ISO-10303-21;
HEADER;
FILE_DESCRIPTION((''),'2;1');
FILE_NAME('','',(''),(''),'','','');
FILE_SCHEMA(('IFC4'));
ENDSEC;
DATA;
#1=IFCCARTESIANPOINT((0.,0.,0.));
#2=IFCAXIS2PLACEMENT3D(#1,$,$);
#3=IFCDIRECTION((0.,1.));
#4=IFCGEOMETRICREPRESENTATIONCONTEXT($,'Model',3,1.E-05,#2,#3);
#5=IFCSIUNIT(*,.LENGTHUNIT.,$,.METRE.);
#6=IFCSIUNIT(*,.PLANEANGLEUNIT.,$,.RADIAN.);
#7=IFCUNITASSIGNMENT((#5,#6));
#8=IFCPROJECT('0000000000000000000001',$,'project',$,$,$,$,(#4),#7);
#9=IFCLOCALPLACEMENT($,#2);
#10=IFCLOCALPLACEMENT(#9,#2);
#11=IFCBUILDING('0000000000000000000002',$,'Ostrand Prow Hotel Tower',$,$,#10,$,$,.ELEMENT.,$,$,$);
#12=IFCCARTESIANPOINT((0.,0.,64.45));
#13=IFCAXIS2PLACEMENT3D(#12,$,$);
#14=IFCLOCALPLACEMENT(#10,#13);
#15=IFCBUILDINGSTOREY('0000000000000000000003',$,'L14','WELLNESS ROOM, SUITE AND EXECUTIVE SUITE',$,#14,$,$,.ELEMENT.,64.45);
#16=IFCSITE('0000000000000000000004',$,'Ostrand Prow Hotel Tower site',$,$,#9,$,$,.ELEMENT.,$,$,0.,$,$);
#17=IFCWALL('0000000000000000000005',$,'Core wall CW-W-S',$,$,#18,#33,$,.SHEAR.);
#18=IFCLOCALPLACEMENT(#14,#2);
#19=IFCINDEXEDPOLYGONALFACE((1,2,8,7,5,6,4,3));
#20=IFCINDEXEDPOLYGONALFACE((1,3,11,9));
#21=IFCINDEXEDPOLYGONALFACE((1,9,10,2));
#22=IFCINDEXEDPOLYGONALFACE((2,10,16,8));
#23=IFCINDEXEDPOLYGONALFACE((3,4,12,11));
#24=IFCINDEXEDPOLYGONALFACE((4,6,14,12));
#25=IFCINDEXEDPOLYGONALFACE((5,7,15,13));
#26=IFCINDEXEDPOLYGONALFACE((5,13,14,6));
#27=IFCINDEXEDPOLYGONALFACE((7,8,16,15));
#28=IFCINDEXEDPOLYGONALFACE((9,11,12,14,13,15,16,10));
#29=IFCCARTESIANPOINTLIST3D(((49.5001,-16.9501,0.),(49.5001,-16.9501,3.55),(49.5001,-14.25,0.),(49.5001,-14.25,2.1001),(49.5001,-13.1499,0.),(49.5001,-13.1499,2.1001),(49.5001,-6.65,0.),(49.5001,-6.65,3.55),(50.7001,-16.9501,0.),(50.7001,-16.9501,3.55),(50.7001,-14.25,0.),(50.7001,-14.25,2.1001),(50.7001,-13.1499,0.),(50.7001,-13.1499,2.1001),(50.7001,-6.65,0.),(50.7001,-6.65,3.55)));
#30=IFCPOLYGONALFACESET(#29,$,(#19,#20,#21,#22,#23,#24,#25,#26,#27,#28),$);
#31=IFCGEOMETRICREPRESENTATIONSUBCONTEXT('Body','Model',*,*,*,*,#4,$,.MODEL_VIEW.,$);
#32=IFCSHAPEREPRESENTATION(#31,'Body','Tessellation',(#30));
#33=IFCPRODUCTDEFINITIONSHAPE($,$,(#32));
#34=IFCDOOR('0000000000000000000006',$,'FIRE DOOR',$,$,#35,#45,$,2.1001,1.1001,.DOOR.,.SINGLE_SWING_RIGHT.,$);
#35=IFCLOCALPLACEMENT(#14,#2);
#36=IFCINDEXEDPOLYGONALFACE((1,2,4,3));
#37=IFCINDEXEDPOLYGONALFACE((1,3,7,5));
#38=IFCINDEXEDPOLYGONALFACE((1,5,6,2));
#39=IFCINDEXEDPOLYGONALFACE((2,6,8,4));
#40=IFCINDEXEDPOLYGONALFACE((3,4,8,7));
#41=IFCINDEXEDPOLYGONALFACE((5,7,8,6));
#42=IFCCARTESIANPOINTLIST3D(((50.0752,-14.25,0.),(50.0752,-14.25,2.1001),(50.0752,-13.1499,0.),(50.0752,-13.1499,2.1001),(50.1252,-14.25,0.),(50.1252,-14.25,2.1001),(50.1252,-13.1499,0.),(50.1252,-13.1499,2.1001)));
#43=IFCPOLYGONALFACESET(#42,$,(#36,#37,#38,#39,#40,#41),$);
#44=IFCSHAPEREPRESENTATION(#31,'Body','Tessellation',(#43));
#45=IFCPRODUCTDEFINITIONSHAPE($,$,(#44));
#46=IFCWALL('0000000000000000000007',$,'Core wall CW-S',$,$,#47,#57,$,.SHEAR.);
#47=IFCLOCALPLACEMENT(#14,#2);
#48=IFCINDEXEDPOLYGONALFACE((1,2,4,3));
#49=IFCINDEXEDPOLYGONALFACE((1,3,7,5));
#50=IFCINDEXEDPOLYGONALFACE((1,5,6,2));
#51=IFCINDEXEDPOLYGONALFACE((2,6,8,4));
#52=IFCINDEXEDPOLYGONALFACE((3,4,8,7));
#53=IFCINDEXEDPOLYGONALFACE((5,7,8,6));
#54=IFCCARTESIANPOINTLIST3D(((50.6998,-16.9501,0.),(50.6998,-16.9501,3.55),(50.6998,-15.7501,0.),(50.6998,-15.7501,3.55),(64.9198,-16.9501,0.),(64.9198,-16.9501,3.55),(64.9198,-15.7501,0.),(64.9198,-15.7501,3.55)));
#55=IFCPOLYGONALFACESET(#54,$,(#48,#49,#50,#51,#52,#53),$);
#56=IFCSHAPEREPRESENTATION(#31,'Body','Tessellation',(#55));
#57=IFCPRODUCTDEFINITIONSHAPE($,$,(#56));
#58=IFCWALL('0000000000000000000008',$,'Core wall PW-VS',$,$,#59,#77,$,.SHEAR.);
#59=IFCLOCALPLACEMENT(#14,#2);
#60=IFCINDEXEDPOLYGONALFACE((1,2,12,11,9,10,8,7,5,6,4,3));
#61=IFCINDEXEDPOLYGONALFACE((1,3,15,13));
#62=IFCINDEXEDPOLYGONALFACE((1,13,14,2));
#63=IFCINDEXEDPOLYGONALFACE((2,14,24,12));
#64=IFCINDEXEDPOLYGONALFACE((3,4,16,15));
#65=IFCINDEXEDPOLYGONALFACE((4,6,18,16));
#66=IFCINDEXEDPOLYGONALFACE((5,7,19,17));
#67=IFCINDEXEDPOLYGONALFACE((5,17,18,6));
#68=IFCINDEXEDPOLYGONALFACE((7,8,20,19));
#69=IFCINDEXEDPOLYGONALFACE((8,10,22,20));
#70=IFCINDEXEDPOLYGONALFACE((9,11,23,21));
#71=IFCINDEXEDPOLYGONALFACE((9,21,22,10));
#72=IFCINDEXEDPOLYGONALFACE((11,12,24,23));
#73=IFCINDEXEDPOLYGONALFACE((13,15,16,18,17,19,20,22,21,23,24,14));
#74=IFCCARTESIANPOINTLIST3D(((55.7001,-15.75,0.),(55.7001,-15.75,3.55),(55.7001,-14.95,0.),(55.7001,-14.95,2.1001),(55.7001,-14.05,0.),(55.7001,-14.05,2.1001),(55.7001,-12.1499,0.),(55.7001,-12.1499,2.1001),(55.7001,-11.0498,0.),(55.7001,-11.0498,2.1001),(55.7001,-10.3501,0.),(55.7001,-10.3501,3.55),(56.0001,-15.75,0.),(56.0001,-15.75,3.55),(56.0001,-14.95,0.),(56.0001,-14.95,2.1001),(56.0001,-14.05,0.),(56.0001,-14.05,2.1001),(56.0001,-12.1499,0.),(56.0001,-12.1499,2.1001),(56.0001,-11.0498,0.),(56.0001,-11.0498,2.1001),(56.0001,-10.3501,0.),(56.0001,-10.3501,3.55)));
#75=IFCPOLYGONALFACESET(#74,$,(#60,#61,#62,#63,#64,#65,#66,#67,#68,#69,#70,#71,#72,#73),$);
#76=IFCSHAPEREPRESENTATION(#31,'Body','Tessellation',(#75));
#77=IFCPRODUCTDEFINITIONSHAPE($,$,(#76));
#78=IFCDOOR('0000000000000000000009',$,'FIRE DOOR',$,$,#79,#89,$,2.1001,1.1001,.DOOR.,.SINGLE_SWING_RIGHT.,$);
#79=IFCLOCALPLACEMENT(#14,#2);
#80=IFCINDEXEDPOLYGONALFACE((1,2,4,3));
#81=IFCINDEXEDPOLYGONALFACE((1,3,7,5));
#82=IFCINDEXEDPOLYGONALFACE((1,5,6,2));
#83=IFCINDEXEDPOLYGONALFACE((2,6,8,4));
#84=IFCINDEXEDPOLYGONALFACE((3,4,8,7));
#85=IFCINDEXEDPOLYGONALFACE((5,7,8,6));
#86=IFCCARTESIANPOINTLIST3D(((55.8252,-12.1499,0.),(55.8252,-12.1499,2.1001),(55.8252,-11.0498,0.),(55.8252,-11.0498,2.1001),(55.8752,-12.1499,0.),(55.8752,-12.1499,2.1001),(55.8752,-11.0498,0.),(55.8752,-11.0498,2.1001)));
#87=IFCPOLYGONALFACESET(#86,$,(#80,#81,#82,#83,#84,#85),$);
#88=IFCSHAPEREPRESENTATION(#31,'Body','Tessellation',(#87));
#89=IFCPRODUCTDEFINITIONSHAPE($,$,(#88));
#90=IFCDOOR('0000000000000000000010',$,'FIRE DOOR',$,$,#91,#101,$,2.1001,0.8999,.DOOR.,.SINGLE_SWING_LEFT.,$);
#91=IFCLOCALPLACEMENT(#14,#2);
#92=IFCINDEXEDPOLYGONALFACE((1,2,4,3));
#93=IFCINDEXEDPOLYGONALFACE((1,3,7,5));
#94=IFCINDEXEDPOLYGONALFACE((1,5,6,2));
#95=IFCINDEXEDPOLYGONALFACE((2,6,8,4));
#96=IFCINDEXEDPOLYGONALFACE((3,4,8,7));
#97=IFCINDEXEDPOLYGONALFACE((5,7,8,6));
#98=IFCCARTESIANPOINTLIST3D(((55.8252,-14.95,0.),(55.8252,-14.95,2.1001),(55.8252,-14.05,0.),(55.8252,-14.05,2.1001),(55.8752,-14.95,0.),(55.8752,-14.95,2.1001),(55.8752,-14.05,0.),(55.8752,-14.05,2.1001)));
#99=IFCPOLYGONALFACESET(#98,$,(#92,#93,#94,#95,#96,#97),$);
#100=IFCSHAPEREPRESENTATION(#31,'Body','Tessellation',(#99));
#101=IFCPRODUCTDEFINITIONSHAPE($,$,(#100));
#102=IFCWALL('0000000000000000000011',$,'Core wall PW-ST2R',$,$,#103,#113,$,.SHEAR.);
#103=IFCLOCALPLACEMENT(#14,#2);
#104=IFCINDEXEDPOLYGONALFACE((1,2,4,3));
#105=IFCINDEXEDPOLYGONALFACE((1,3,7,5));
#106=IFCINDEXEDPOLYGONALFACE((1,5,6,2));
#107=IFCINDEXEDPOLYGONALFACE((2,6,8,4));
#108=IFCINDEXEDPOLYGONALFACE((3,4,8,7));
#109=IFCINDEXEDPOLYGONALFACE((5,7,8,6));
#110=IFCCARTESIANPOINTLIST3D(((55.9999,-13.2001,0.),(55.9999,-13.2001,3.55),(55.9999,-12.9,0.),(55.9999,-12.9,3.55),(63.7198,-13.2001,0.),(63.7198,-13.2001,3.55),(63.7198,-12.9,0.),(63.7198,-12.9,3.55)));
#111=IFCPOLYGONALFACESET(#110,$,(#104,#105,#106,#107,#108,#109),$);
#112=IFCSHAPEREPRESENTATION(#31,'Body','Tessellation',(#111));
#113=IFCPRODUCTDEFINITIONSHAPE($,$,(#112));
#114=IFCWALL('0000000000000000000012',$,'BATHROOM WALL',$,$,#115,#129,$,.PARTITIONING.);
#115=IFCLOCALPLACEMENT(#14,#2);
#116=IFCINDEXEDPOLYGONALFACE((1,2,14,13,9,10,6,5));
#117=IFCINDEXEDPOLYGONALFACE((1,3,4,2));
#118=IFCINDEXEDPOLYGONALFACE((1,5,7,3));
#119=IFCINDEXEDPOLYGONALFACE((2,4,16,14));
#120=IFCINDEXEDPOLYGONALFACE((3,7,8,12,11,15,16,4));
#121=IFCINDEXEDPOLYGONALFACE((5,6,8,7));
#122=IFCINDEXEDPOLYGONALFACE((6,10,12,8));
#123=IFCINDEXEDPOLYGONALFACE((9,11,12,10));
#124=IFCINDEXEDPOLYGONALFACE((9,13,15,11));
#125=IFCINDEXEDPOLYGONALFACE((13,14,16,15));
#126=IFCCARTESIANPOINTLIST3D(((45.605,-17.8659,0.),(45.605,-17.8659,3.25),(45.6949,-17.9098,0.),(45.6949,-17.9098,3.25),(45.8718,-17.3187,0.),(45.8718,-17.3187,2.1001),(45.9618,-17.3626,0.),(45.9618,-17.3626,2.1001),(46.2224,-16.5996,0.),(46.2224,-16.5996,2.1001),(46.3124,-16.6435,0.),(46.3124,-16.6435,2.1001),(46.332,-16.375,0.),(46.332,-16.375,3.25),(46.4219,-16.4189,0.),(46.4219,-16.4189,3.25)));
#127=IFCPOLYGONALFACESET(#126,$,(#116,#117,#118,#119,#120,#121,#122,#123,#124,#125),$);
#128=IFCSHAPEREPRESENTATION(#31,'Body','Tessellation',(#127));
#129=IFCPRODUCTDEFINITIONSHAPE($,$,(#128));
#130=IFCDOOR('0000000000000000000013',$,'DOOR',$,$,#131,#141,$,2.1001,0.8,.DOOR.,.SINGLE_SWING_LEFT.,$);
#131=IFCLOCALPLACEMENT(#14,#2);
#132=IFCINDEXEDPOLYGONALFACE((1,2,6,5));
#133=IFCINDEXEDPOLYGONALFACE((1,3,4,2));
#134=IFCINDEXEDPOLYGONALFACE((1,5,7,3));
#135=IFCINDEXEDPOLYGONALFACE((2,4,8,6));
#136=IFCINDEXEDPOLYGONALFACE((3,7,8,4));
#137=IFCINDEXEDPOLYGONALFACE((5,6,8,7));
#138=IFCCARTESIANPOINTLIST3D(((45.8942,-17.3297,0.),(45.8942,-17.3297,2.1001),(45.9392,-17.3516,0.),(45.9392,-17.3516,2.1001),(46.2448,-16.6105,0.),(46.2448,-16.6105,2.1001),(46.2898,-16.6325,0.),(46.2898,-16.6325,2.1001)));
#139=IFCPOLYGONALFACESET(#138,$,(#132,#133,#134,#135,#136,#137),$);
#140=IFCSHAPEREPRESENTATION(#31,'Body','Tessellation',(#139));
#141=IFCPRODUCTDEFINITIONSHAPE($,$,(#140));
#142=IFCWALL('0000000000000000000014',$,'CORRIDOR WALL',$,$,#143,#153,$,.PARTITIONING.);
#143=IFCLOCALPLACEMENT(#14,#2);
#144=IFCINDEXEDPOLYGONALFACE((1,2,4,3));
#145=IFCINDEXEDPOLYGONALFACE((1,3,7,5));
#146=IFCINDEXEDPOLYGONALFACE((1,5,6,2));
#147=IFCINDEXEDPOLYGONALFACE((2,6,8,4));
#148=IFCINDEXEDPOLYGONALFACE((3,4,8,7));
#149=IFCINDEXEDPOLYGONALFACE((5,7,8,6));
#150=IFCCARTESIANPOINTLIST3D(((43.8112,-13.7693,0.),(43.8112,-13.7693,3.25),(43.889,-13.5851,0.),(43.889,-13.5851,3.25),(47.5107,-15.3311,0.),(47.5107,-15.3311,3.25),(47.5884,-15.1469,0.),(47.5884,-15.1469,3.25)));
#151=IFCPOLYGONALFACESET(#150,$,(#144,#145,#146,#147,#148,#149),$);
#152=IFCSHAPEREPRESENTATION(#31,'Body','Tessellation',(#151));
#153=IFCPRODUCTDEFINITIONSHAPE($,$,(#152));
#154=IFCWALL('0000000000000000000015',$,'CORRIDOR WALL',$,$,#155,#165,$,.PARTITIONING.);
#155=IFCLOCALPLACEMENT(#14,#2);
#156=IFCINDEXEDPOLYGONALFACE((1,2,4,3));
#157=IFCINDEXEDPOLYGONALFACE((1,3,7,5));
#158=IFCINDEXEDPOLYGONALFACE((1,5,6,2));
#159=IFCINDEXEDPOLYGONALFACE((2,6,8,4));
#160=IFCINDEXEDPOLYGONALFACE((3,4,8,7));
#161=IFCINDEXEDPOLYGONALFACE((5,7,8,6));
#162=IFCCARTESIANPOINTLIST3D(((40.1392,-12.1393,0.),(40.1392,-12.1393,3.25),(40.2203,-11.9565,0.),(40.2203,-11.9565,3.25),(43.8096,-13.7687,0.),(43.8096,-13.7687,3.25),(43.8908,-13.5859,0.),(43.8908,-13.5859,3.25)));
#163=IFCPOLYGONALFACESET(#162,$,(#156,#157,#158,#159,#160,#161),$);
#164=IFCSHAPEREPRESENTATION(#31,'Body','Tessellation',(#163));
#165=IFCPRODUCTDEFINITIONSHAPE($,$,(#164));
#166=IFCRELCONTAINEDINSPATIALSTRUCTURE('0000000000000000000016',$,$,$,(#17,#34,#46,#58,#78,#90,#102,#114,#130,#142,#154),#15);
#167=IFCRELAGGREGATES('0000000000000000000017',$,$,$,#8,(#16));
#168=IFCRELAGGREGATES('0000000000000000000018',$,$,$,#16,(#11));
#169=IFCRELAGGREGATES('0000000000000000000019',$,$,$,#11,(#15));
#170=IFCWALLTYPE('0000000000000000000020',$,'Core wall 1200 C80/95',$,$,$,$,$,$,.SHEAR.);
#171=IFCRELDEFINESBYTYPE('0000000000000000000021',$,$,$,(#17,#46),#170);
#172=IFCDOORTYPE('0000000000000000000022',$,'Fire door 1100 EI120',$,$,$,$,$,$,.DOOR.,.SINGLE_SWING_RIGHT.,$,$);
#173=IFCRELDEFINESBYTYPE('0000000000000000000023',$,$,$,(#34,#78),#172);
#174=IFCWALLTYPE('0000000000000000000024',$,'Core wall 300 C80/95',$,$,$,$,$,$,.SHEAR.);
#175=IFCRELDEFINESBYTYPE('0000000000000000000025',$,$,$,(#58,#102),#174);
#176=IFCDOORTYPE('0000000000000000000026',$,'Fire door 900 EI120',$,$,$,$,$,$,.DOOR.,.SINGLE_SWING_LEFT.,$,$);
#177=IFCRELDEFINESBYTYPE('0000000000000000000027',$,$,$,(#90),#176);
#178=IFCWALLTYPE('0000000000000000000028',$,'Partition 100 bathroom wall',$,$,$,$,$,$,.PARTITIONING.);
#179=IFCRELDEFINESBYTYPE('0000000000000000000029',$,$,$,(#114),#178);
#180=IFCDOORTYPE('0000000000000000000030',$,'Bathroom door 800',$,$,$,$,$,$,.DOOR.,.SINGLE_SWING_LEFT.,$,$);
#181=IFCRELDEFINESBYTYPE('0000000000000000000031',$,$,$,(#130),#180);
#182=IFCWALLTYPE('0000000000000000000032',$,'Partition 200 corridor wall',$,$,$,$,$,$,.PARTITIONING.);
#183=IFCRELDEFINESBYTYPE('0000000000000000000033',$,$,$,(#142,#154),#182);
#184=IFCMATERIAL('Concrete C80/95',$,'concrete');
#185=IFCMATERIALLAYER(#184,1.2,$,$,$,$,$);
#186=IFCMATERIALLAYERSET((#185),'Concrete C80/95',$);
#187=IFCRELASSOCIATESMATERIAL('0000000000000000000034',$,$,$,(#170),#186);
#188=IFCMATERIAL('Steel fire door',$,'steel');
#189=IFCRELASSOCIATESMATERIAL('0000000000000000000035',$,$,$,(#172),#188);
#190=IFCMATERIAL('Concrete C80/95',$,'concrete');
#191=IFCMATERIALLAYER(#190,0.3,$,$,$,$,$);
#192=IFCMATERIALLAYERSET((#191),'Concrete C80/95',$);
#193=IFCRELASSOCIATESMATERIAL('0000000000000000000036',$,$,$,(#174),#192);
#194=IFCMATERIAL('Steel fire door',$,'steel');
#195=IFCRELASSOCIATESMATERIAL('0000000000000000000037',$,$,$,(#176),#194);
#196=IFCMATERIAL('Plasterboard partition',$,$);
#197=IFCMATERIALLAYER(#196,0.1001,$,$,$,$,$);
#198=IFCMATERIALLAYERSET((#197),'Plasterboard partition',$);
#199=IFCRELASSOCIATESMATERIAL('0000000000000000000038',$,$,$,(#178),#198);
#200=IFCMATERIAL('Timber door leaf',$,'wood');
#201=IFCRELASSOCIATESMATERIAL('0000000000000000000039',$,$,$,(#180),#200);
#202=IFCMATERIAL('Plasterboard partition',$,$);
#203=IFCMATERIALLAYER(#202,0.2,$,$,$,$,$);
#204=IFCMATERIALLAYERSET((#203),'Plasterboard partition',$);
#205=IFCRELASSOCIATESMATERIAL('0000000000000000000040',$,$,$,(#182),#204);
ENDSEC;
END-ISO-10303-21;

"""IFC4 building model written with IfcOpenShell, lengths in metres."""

from ifc_helpers import new_model, si_unit, direction, frame, frame_2d, origin, place, context, subcontext, project, spatial, rectangle, extrude, material, layer, layer_set, type_object, element, fill, save


model = new_model("IFC4")

# Units and contexts
model_context = context("Model", 3, precision=1e-05, world=origin(), true_north=direction((0.0, 1.0)))
body_context = subcontext(model_context, "Body", "Model", "MODEL_VIEW")
ifc_project = project(units=[si_unit("LENGTHUNIT", "METRE"), si_unit("PLANEANGLEUNIT", "RADIAN")], contexts=[model_context])

# Site, building, storey
site_placement = place(None, origin())
site = spatial("IfcSite", under=ifc_project, at=site_placement, Name="Ostrand Prow Hotel Tower site", CompositionType="ELEMENT", RefElevation=0.0)
building_placement = place(site_placement, origin())
building = spatial("IfcBuilding", under=site, at=building_placement, Name="Ostrand Prow Hotel Tower", CompositionType="ELEMENT")
storey_placement = place(building_placement, frame((0.0, 0.0, 64.45)))
storey = spatial("IfcBuildingStorey", under=building, at=storey_placement, Name="L14", Description="WELLNESS ROOM, SUITE AND EXECUTIVE SUITE", CompositionType="ELEMENT", Elevation=64.45)

# Wall, opening, door
ifc_material_1 = material(Name="Concrete C80/95", Category="concrete")
ifc_layer_1 = layer(ifc_material_1, 1.2)
ifc_layer_set_1 = layer_set([ifc_layer_1], Name="Concrete C80/95")
wall_type_1 = type_object("IfcWallType", Name="Core wall 1200 C80/95", PredefinedType="SHEAR", material=ifc_layer_set_1)
wall_1_placement = place(storey_placement, frame((50.1001, -16.95, 0.0), z_axis=(0.0, 0.0, 1.0), x_axis=(0.0, 1.0, 0.0)))
wall_1 = element("IfcWall", 1, at=wall_1_placement, inside=storey, type_object=wall_type_1, Name="Core wall CW-W-S", PredefinedType="SHEAR", context=body_context, shape_type="SweptSolid", body=[
    extrude(rectangle(XDim=10.3, YDim=1.2, at=frame_2d((5.1499, 0.0))), origin(), (0.0, 0.0, 1.0), 3.55),
])
opening_1_placement = place(wall_1_placement, frame((2.7, 0.0, 0.0)))
opening_1 = element("IfcOpeningElement", 2, at=opening_1_placement, cuts=wall_1, PredefinedType="OPENING", context=body_context, shape_type="SweptSolid", body=[
    extrude(rectangle(XDim=1.1001, YDim=2.1001, at=frame_2d((0.55, 1.05))), frame((0.0, 0.6099, 0.0), z_axis=(0.0, -1.0, 0.0), x_axis=(1.0, 0.0, 0.0)), (0.0, 0.0, 1.0), 1.22),
])
ifc_material_2 = material(Name="Steel fire door", Category="steel")
door_type_1 = type_object("IfcDoorType", Name="Fire door 1100 EI120", OperationType="SINGLE_SWING_RIGHT", PredefinedType="DOOR", material=ifc_material_2)
door_1_placement = place(opening_1_placement, origin())
door_1 = element("IfcDoor", 3, at=door_1_placement, inside=storey, type_object=door_type_1, Name="FIRE DOOR", OperationType="SINGLE_SWING_RIGHT", OverallHeight=2.1001, OverallWidth=1.1001, PredefinedType="DOOR", context=body_context, shape_type="SweptSolid", body=[
    extrude(rectangle(XDim=1.1001, YDim=2.1001, at=frame_2d((0.55, 1.05))), frame((0.0, 0.0249, 0.0), z_axis=(0.0, -1.0, 0.0), x_axis=(1.0, 0.0, 0.0)), (0.0, 0.0, 1.0), 0.05),
])
fill(opening_1, door_1)

# Wall
wall_2_placement = place(storey_placement, frame((50.7, -16.3501, 0.0), z_axis=(0.0, 0.0, 1.0), x_axis=(1.0, 0.0, 0.0)))
element("IfcWall", 4, at=wall_2_placement, inside=storey, type_object=wall_type_1, Name="Core wall CW-S", PredefinedType="SHEAR", context=body_context, shape_type="SweptSolid", body=[
    extrude(rectangle(XDim=14.22, YDim=1.2, at=frame_2d((7.1099, 0.0))), origin(), (0.0, 0.0, 1.0), 3.55),
])

# Wall, openings, doors
ifc_material_3 = material(Name="Concrete C80/95", Category="concrete")
ifc_layer_2 = layer(ifc_material_3, 0.3)
ifc_layer_set_2 = layer_set([ifc_layer_2], Name="Concrete C80/95")
wall_type_2 = type_object("IfcWallType", Name="Core wall 300 C80/95", PredefinedType="SHEAR", material=ifc_layer_set_2)
wall_3_placement = place(storey_placement, frame((55.8501, -15.75, 0.0), z_axis=(0.0, 0.0, 1.0), x_axis=(0.0, 1.0, 0.0)))
wall_3 = element("IfcWall", 5, at=wall_3_placement, inside=storey, type_object=wall_type_2, Name="Core wall PW-VS", PredefinedType="SHEAR", context=body_context, shape_type="SweptSolid", body=[
    extrude(rectangle(XDim=5.3999, YDim=0.3, at=frame_2d((2.7, 0.0))), origin(), (0.0, 0.0, 1.0), 3.55),
])
opening_2_placement = place(wall_3_placement, frame((3.6001, 0.0, 0.0)))
opening_2 = element("IfcOpeningElement", 6, at=opening_2_placement, cuts=wall_3, PredefinedType="OPENING", context=body_context, shape_type="SweptSolid", body=[
    extrude(rectangle(XDim=1.1001, YDim=2.1001, at=frame_2d((0.55, 1.05))), frame((0.0, 0.1599, 0.0), z_axis=(0.0, -1.0, 0.0), x_axis=(1.0, 0.0, 0.0)), (0.0, 0.0, 1.0), 0.3201),
])
opening_3_placement = place(wall_3_placement, frame((0.8, 0.0, 0.0)))
opening_3 = element("IfcOpeningElement", 7, at=opening_3_placement, cuts=wall_3, PredefinedType="OPENING", context=body_context, shape_type="SweptSolid", body=[
    extrude(rectangle(XDim=0.8999, YDim=2.1001, at=frame_2d((0.45, 1.05))), frame((0.0, 0.1599, 0.0), z_axis=(0.0, -1.0, 0.0), x_axis=(1.0, 0.0, 0.0)), (0.0, 0.0, 1.0), 0.3201),
])
door_2_placement = place(opening_2_placement, origin())
door_2 = element("IfcDoor", 8, at=door_2_placement, inside=storey, type_object=door_type_1, Name="FIRE DOOR", OperationType="SINGLE_SWING_RIGHT", OverallHeight=2.1001, OverallWidth=1.1001, PredefinedType="DOOR", context=body_context, shape_type="SweptSolid", body=[
    extrude(rectangle(XDim=1.1001, YDim=2.1001, at=frame_2d((0.55, 1.05))), frame((0.0, 0.0249, 0.0), z_axis=(0.0, -1.0, 0.0), x_axis=(1.0, 0.0, 0.0)), (0.0, 0.0, 1.0), 0.05),
])
fill(opening_2, door_2)
ifc_material_4 = material(Name="Steel fire door", Category="steel")
door_type_2 = type_object("IfcDoorType", Name="Fire door 900 EI120", OperationType="SINGLE_SWING_LEFT", PredefinedType="DOOR", material=ifc_material_4)
door_3_placement = place(opening_3_placement, origin())
door_3 = element("IfcDoor", 9, at=door_3_placement, inside=storey, type_object=door_type_2, Name="FIRE DOOR", OperationType="SINGLE_SWING_LEFT", OverallHeight=2.1001, OverallWidth=0.8999, PredefinedType="DOOR", context=body_context, shape_type="SweptSolid", body=[
    extrude(rectangle(XDim=0.8999, YDim=2.1001, at=frame_2d((0.45, 1.05))), frame((0.0, 0.0249, 0.0), z_axis=(0.0, -1.0, 0.0), x_axis=(1.0, 0.0, 0.0)), (0.0, 0.0, 1.0), 0.05),
])
fill(opening_3, door_3)

# Wall
wall_4_placement = place(storey_placement, frame((56.0, -13.05, 0.0), z_axis=(0.0, 0.0, 1.0), x_axis=(1.0, 0.0, 0.0)))
element("IfcWall", 10, at=wall_4_placement, inside=storey, type_object=wall_type_2, Name="Core wall PW-ST2R", PredefinedType="SHEAR", context=body_context, shape_type="SweptSolid", body=[
    extrude(rectangle(XDim=7.72, YDim=0.3, at=frame_2d((3.8599, 0.0))), origin(), (0.0, 0.0, 1.0), 3.55),
])

# Wall, opening, door
ifc_material_5 = material(Name="Plasterboard partition")
ifc_layer_3 = layer(ifc_material_5, 0.1001)
ifc_layer_set_3 = layer_set([ifc_layer_3], Name="Plasterboard partition")
wall_type_3 = type_object("IfcWallType", Name="Partition 100 bathroom wall", PredefinedType="PARTITIONING", material=ifc_layer_set_3)
wall_5_placement = place(storey_placement, frame((46.377, -16.397, 0.0), z_axis=(0.0, 0.0, 1.0), x_axis=(-0.438302, -0.898828, 0.0)))
wall_5 = element("IfcWall", 11, at=wall_5_placement, inside=storey, type_object=wall_type_3, Name="BATHROOM WALL", PredefinedType="PARTITIONING", context=body_context, shape_type="SweptSolid", body=[
    extrude(rectangle(XDim=1.6587, YDim=0.1001, at=frame_2d((0.8293, 0.0))), origin(), (0.0, 0.0, 1.0), 3.25),
])
opening_4_placement = place(wall_5_placement, frame((0.25, 0.0, 0.0)))
opening_4 = element("IfcOpeningElement", 12, at=opening_4_placement, cuts=wall_5, PredefinedType="OPENING", context=body_context, shape_type="SweptSolid", body=[
    extrude(rectangle(XDim=0.8, YDim=2.1001, at=frame_2d((0.3999, 1.05))), frame((0.0, 0.0601, 0.0), z_axis=(0.0, -1.0, 0.0), x_axis=(1.0, 0.0, 0.0)), (0.0, 0.0, 1.0), 0.1201),
])
ifc_material_6 = material(Name="Timber door leaf", Category="wood")
door_type_3 = type_object("IfcDoorType", Name="Bathroom door 800", OperationType="SINGLE_SWING_LEFT", PredefinedType="DOOR", material=ifc_material_6)
door_4_placement = place(opening_4_placement, origin())
door_4 = element("IfcDoor", 13, at=door_4_placement, inside=storey, type_object=door_type_3, Name="DOOR", OperationType="SINGLE_SWING_LEFT", OverallHeight=2.1001, OverallWidth=0.8, PredefinedType="DOOR", context=body_context, shape_type="SweptSolid", body=[
    extrude(rectangle(XDim=0.8, YDim=2.1001, at=frame_2d((0.3999, 1.05))), frame((0.0, 0.0249, 0.0), z_axis=(0.0, -1.0, 0.0), x_axis=(1.0, 0.0, 0.0)), (0.0, 0.0, 1.0), 0.05),
])
fill(opening_4, door_4)

# Walls
ifc_material_7 = material(Name="Plasterboard partition")
ifc_layer_4 = layer(ifc_material_7, 0.2)
ifc_layer_set_4 = layer_set([ifc_layer_4], Name="Plasterboard partition")
wall_type_4 = type_object("IfcWallType", Name="Partition 200 corridor wall", PredefinedType="PARTITIONING", material=ifc_layer_set_4)
wall_6_placement = place(storey_placement, frame((47.5496, -15.239, 0.0), z_axis=(0.0, 0.0, 1.0), x_axis=(-0.92127, 0.388924, 0.0)))
element("IfcWall", 14, at=wall_6_placement, inside=storey, type_object=wall_type_4, Name="CORRIDOR WALL", PredefinedType="PARTITIONING", context=body_context, shape_type="SweptSolid", body=[
    extrude(rectangle(XDim=4.0156, YDim=0.2, at=frame_2d((2.0078, 0.0))), origin(), (0.0, 0.0, 1.0), 3.25),
])
wall_7_placement = place(storey_placement, frame((43.8501, -13.6772, 0.0), z_axis=(0.0, 0.0, 1.0), x_axis=(-0.913987, 0.405744, 0.0)))
element("IfcWall", 15, at=wall_7_placement, inside=storey, type_object=wall_type_4, Name="CORRIDOR WALL", PredefinedType="PARTITIONING", context=body_context, shape_type="SweptSolid", body=[
    extrude(rectangle(XDim=4.0159, YDim=0.2, at=frame_2d((2.0078, 0.0))), origin(), (0.0, 0.0, 1.0), 3.25),
])

save(model, "model.ifc")
